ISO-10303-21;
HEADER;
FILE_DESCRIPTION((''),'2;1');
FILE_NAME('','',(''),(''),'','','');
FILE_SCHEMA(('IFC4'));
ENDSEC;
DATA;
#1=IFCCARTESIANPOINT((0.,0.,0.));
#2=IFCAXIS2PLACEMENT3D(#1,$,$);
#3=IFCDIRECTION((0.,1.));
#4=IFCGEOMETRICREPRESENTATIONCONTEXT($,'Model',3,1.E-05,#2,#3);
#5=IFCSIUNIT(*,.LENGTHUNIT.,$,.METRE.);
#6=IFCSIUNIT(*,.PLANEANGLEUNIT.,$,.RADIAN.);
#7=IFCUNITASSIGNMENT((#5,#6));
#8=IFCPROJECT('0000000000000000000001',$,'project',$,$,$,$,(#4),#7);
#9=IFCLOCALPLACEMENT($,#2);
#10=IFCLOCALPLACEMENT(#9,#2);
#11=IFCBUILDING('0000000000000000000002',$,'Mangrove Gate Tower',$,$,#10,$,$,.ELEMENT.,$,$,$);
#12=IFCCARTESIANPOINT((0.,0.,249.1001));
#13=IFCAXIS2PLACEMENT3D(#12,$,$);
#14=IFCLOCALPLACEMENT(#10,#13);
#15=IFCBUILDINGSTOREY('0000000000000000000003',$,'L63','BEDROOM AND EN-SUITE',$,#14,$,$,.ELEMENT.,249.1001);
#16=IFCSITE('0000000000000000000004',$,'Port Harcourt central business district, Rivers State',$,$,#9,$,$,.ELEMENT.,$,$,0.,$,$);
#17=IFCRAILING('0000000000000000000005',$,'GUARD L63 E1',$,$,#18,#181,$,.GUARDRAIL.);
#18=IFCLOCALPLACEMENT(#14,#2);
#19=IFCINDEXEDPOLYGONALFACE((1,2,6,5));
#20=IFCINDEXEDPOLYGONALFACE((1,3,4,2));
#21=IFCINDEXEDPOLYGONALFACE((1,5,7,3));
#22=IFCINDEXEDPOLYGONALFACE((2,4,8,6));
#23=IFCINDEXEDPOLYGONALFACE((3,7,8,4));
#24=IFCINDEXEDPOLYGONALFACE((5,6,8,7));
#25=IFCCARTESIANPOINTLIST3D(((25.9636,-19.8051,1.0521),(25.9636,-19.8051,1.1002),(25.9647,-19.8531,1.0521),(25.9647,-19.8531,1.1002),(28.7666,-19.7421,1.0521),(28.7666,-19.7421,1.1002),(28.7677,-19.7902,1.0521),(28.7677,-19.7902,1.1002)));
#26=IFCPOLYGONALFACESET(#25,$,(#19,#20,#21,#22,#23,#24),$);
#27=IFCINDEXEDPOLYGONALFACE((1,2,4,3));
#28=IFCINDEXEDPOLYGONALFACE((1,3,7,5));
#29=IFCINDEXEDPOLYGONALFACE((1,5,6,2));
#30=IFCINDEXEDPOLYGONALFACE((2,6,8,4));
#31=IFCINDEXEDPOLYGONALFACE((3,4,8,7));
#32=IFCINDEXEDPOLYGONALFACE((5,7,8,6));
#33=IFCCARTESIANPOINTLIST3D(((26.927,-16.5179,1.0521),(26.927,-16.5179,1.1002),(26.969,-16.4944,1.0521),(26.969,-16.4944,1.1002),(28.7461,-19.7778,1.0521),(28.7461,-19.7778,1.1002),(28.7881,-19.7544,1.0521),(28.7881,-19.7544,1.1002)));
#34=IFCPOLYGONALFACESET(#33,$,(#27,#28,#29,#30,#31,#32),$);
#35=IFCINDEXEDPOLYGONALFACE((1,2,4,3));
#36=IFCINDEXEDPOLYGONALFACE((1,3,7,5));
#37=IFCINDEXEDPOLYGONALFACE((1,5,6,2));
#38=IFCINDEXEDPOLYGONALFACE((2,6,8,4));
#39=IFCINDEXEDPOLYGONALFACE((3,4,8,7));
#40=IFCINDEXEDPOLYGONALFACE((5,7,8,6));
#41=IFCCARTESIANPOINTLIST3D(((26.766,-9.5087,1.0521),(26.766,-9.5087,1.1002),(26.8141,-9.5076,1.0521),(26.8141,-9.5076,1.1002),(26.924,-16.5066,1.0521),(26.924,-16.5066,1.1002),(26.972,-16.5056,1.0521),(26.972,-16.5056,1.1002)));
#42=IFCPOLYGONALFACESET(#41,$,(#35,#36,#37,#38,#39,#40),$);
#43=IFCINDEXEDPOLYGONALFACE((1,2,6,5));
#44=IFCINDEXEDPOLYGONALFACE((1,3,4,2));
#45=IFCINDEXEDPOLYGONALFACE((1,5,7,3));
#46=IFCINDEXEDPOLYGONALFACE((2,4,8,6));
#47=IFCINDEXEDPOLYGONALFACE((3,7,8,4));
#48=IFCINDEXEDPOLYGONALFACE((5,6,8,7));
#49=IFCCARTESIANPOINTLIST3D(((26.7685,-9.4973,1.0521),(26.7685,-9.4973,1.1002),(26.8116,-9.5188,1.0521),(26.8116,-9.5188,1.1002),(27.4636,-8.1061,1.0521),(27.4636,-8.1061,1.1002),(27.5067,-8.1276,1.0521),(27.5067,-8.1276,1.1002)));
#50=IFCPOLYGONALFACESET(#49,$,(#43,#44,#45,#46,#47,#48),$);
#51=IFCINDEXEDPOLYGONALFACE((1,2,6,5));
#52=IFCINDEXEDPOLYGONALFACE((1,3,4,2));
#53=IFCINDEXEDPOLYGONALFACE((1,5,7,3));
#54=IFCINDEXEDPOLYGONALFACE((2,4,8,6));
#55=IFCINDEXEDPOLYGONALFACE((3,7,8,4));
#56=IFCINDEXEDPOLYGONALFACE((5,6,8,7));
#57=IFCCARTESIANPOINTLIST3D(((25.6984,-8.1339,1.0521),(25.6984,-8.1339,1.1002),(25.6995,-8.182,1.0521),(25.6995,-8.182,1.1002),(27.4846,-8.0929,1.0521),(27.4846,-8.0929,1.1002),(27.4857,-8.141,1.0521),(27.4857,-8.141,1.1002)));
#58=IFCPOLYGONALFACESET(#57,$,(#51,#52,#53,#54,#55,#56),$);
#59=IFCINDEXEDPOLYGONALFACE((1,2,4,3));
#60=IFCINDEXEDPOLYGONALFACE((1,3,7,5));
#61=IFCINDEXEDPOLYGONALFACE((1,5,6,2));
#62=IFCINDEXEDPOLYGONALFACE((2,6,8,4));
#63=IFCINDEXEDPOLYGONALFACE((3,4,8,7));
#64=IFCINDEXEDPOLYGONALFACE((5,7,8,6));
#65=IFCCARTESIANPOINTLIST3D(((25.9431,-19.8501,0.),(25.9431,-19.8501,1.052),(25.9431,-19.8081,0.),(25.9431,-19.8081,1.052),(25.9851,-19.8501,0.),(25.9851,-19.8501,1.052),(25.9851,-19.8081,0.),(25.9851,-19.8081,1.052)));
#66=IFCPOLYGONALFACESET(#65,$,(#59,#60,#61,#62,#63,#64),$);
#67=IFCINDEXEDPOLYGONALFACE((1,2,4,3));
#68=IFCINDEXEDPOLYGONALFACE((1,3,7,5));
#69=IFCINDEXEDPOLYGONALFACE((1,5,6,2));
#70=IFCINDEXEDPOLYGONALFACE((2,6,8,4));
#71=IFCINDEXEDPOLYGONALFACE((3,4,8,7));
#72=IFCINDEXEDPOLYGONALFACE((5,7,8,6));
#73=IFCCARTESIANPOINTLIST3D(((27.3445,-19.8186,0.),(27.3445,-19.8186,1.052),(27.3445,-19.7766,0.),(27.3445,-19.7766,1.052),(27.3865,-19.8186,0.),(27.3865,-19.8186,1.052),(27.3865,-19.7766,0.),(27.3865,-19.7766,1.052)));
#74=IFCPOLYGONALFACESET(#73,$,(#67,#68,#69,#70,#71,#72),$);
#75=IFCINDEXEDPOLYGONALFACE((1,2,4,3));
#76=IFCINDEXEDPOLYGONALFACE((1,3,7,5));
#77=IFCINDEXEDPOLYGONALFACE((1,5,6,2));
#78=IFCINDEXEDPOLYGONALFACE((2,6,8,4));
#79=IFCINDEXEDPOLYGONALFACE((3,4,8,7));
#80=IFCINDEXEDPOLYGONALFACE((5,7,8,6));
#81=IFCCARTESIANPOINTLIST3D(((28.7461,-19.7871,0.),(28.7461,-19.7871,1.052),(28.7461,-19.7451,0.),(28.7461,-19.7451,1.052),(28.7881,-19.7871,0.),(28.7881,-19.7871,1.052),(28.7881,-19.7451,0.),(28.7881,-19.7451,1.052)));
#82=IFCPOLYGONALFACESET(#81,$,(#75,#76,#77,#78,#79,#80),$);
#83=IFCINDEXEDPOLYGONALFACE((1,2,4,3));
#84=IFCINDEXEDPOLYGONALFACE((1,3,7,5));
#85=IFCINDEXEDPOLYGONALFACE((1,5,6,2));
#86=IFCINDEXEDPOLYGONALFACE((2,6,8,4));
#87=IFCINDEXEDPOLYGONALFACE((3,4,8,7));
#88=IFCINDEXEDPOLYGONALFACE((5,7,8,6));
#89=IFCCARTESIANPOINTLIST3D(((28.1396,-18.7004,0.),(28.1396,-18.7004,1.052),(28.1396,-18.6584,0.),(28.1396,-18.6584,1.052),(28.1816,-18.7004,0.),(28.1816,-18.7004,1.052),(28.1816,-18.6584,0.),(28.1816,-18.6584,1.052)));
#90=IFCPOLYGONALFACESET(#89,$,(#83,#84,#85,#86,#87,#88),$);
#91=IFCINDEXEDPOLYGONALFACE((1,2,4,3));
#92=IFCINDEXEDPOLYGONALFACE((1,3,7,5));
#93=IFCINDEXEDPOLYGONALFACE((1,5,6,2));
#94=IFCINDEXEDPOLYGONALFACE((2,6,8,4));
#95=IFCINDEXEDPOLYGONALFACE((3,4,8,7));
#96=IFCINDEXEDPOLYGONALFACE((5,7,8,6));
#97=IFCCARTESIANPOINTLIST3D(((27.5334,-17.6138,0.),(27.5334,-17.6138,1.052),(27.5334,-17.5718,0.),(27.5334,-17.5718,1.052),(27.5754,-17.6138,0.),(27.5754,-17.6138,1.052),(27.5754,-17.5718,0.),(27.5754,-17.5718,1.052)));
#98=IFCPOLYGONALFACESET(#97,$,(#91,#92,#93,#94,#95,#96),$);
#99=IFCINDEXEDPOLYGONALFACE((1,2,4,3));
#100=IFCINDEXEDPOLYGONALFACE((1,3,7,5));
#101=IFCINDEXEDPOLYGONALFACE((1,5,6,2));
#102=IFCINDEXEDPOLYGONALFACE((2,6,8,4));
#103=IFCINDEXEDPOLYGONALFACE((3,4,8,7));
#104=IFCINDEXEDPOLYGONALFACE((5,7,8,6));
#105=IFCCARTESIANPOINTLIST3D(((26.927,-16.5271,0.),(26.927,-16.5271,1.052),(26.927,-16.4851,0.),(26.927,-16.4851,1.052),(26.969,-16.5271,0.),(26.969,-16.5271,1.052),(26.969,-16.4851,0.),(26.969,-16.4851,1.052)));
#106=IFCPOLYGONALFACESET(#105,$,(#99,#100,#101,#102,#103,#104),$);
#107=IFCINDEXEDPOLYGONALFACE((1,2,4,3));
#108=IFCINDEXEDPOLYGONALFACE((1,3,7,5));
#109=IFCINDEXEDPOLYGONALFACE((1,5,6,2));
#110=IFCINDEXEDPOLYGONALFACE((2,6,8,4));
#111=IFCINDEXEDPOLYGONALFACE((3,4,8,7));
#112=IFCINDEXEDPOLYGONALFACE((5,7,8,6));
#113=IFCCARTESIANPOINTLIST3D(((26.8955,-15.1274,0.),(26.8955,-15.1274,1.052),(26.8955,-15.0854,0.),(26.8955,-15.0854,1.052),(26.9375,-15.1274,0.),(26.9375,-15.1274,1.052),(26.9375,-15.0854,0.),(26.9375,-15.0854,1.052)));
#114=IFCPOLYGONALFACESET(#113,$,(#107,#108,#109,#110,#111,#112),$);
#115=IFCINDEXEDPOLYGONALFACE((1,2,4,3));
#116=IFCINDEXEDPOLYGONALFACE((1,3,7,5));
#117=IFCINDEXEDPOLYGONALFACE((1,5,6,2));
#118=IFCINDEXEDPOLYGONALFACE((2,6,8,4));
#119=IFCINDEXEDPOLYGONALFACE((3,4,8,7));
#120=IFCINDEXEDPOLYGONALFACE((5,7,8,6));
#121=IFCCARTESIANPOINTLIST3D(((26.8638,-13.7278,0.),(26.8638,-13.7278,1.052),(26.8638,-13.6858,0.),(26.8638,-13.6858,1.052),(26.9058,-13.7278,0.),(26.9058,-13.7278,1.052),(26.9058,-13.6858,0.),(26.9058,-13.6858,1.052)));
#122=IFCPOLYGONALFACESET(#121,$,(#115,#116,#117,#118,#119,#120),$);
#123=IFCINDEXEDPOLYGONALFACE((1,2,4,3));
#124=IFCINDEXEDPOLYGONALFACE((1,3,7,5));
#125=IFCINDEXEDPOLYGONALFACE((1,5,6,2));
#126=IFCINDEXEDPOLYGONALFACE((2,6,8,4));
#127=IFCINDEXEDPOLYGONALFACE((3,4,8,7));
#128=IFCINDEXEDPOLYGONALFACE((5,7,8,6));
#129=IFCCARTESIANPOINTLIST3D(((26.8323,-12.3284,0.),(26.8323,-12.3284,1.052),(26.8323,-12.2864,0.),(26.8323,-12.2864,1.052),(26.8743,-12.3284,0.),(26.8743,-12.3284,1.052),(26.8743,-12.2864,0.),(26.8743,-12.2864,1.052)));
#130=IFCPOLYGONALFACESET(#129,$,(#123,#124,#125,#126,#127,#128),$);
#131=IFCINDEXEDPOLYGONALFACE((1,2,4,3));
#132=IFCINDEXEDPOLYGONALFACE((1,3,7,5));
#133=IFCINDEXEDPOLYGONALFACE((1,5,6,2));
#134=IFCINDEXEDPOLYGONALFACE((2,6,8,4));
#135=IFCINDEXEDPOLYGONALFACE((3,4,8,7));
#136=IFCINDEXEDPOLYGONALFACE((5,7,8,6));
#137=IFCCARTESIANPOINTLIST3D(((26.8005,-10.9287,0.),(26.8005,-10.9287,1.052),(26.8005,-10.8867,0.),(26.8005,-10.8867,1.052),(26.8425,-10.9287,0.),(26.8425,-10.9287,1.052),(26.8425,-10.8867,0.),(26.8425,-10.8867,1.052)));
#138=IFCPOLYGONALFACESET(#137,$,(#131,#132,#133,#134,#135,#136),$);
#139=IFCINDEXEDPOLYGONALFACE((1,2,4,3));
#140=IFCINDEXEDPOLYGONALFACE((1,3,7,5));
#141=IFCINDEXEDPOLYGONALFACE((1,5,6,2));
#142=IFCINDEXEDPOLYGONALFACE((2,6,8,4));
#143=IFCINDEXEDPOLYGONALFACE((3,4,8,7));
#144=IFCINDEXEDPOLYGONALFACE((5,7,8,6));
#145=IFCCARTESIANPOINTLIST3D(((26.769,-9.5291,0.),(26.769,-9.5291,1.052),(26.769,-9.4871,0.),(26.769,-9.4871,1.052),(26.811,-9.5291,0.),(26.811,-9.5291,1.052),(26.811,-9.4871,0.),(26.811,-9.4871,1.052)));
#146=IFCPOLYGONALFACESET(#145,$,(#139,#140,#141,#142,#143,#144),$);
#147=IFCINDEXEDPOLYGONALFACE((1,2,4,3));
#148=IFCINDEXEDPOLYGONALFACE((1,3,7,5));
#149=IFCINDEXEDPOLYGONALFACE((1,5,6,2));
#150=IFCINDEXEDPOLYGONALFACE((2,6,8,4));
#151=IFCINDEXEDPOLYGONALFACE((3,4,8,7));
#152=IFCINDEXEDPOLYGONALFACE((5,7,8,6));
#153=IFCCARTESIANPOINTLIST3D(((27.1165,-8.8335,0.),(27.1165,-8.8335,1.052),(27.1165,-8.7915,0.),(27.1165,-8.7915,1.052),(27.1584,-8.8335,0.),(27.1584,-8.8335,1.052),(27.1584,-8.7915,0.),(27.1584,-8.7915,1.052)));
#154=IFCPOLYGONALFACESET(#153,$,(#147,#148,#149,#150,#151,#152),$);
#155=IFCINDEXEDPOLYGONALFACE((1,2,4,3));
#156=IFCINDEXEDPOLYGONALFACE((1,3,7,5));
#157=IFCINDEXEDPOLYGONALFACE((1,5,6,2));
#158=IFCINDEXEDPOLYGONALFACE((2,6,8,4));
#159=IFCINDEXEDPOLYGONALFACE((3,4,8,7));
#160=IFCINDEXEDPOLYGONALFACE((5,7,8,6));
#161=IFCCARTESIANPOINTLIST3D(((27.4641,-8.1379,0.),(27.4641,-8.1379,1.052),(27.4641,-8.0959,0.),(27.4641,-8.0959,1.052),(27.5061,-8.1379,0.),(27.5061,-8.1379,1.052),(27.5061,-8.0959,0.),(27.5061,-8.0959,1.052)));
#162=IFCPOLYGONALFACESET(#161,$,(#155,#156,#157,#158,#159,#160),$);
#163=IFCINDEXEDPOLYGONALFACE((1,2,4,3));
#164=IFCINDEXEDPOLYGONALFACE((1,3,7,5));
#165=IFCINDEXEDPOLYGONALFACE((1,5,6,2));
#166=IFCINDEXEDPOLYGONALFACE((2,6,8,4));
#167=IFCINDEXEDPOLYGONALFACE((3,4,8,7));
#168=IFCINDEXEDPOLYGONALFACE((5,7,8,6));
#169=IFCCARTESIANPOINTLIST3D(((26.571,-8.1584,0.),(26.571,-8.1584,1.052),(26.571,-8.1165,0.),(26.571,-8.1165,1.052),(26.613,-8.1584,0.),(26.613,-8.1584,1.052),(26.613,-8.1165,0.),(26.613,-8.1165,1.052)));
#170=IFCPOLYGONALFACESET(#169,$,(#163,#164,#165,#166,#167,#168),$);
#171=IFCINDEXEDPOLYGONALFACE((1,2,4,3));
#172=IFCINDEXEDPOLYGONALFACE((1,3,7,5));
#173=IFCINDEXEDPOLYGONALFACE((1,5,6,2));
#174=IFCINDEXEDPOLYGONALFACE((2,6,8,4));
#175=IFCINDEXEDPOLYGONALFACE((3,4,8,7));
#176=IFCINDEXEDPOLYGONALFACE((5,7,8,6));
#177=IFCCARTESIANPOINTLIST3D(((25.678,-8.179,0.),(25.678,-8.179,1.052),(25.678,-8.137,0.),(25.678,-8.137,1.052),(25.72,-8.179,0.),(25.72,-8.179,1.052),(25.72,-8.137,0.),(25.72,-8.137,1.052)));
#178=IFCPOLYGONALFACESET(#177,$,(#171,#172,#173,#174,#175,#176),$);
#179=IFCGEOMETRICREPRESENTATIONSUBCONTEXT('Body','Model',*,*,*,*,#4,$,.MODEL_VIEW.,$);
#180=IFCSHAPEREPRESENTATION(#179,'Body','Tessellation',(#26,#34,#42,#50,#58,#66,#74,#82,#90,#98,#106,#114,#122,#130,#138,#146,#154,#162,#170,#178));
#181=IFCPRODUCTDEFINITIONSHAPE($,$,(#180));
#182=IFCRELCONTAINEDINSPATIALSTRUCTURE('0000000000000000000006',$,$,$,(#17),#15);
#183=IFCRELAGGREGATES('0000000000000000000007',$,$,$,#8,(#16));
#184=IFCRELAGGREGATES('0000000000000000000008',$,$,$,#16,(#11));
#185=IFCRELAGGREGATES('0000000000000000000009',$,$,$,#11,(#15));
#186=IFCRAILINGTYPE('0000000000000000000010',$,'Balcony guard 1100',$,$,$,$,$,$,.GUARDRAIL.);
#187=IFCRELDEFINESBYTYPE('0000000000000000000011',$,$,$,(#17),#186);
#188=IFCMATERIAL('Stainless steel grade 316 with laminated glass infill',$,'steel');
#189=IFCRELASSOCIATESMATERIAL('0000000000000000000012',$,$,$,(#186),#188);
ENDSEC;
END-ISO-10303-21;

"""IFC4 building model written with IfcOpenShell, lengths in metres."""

from ifc_helpers import new_model, si_unit, direction, frame, origin, origin_2d, place, context, subcontext, project, spatial, rectangle, extrude, material, type_object, element, save


model = new_model("IFC4")

# Units and contexts
model_context = context("Model", 3, precision=1e-05, world=origin(), true_north=direction((0.0, 1.0)))
body_context = subcontext(model_context, "Body", "Model", "MODEL_VIEW")
ifc_project = project(units=[si_unit("LENGTHUNIT", "METRE"), si_unit("PLANEANGLEUNIT", "RADIAN")], contexts=[model_context])

# Site, building, storey
site_placement = place(None, origin())
site = spatial("IfcSite", under=ifc_project, at=site_placement, Name="Port Harcourt central business district, Rivers State", CompositionType="ELEMENT", RefElevation=0.0)
building_placement = place(site_placement, origin())
building = spatial("IfcBuilding", under=site, at=building_placement, Name="Mangrove Gate Tower", CompositionType="ELEMENT")
storey_placement = place(building_placement, frame((0.0, 0.0, 249.1001)))
storey = spatial("IfcBuildingStorey", under=building, at=storey_placement, Name="L63", Description="BEDROOM AND EN-SUITE", CompositionType="ELEMENT", Elevation=249.1001)

# Railing
ifc_material_1 = material(Name="Stainless steel grade 316 with laminated glass infill", Category="steel")
railing_type = type_object("IfcRailingType", Name="Balcony guard 1100", PredefinedType="GUARDRAIL", material=ifc_material_1)
railing_placement = place(storey_placement, frame((25.9641, -19.8291, 0.0)))
element("IfcRailing", 1, at=railing_placement, inside=storey, type_object=railing_type, Name="GUARD L63 E1", PredefinedType="GUARDRAIL", context=body_context, shape_type="SweptSolid", body=[
    extrude(rectangle(XDim=0.0481, YDim=0.0481, at=origin_2d()), frame((0.0, 0.0, 1.0762), z_axis=(0.999748, 0.022466, 0.0), x_axis=(-0.022466, 0.999748, 0.0)), (0.0, 0.0, 1.0), 2.8037),
    extrude(rectangle(XDim=0.0481, YDim=0.0481, at=origin_2d()), frame((2.803, 0.063, 1.0762), z_axis=(-0.487275, 0.873249, 0.0), x_axis=(-0.873249, -0.487275, 0.0)), (0.0, 0.0, 1.0), 3.7332),
    extrude(rectangle(XDim=0.0481, YDim=0.0481, at=origin_2d()), frame((0.9839, 3.323, 1.0762), z_axis=(-0.022566, 0.999745, 0.0), x_axis=(-0.999745, -0.022566, 0.0)), (0.0, 0.0, 1.0), 6.9998),
    extrude(rectangle(XDim=0.0481, YDim=0.0481, at=origin_2d()), frame((0.8259, 10.321, 1.0762), z_axis=(0.446962, 0.894553, 0.0), x_axis=(-0.894553, 0.446962, 0.0)), (0.0, 0.0, 1.0), 1.5552),
    extrude(rectangle(XDim=0.0481, YDim=0.0481, at=origin_2d()), frame((1.521, 11.7122, 1.0762), z_axis=(-0.999736, -0.022957, 0.0), x_axis=(0.022957, -0.999736, 0.0)), (0.0, 0.0, 1.0), 1.7866),
    extrude(rectangle(XDim=0.042, YDim=0.042, at=origin_2d()), origin(), (0.0, 0.0, 1.0), 1.052),
    extrude(rectangle(XDim=0.042, YDim=0.042, at=origin_2d()), frame((1.4014, 0.0315, 0.0)), (0.0, 0.0, 1.0), 1.052),
    extrude(rectangle(XDim=0.042, YDim=0.042, at=origin_2d()), frame((2.803, 0.063, 0.0)), (0.0, 0.0, 1.0), 1.052),
    extrude(rectangle(XDim=0.042, YDim=0.042, at=origin_2d()), frame((2.1965, 1.1497, 0.0)), (0.0, 0.0, 1.0), 1.052),
    extrude(rectangle(XDim=0.042, YDim=0.042, at=origin_2d()), frame((1.5903, 2.2363, 0.0)), (0.0, 0.0, 1.0), 1.052),
    extrude(rectangle(XDim=0.042, YDim=0.042, at=origin_2d()), frame((0.9839, 3.323, 0.0)), (0.0, 0.0, 1.0), 1.052),
    extrude(rectangle(XDim=0.042, YDim=0.042, at=origin_2d()), frame((0.9524, 4.7227, 0.0)), (0.0, 0.0, 1.0), 1.052),
    extrude(rectangle(XDim=0.042, YDim=0.042, at=origin_2d()), frame((0.9207, 6.1223, 0.0)), (0.0, 0.0, 1.0), 1.052),
    extrude(rectangle(XDim=0.042, YDim=0.042, at=origin_2d()), frame((0.8892, 7.5217, 0.0)), (0.0, 0.0, 1.0), 1.052),
    extrude(rectangle(XDim=0.042, YDim=0.042, at=origin_2d()), frame((0.8574, 8.9214, 0.0)), (0.0, 0.0, 1.0), 1.052),
    extrude(rectangle(XDim=0.042, YDim=0.042, at=origin_2d()), frame((0.8259, 10.321, 0.0)), (0.0, 0.0, 1.0), 1.052),
    extrude(rectangle(XDim=0.042, YDim=0.042, at=origin_2d()), frame((1.1733, 11.0166, 0.0)), (0.0, 0.0, 1.0), 1.052),
    extrude(rectangle(XDim=0.042, YDim=0.042, at=origin_2d()), frame((1.521, 11.7122, 0.0)), (0.0, 0.0, 1.0), 1.052),
    extrude(rectangle(XDim=0.042, YDim=0.042, at=origin_2d()), frame((0.6279, 11.6917, 0.0)), (0.0, 0.0, 1.0), 1.052),
    extrude(rectangle(XDim=0.042, YDim=0.042, at=origin_2d()), frame((-0.2651, 11.6711, 0.0)), (0.0, 0.0, 1.0), 1.052),
])

save(model, "model.ifc")
